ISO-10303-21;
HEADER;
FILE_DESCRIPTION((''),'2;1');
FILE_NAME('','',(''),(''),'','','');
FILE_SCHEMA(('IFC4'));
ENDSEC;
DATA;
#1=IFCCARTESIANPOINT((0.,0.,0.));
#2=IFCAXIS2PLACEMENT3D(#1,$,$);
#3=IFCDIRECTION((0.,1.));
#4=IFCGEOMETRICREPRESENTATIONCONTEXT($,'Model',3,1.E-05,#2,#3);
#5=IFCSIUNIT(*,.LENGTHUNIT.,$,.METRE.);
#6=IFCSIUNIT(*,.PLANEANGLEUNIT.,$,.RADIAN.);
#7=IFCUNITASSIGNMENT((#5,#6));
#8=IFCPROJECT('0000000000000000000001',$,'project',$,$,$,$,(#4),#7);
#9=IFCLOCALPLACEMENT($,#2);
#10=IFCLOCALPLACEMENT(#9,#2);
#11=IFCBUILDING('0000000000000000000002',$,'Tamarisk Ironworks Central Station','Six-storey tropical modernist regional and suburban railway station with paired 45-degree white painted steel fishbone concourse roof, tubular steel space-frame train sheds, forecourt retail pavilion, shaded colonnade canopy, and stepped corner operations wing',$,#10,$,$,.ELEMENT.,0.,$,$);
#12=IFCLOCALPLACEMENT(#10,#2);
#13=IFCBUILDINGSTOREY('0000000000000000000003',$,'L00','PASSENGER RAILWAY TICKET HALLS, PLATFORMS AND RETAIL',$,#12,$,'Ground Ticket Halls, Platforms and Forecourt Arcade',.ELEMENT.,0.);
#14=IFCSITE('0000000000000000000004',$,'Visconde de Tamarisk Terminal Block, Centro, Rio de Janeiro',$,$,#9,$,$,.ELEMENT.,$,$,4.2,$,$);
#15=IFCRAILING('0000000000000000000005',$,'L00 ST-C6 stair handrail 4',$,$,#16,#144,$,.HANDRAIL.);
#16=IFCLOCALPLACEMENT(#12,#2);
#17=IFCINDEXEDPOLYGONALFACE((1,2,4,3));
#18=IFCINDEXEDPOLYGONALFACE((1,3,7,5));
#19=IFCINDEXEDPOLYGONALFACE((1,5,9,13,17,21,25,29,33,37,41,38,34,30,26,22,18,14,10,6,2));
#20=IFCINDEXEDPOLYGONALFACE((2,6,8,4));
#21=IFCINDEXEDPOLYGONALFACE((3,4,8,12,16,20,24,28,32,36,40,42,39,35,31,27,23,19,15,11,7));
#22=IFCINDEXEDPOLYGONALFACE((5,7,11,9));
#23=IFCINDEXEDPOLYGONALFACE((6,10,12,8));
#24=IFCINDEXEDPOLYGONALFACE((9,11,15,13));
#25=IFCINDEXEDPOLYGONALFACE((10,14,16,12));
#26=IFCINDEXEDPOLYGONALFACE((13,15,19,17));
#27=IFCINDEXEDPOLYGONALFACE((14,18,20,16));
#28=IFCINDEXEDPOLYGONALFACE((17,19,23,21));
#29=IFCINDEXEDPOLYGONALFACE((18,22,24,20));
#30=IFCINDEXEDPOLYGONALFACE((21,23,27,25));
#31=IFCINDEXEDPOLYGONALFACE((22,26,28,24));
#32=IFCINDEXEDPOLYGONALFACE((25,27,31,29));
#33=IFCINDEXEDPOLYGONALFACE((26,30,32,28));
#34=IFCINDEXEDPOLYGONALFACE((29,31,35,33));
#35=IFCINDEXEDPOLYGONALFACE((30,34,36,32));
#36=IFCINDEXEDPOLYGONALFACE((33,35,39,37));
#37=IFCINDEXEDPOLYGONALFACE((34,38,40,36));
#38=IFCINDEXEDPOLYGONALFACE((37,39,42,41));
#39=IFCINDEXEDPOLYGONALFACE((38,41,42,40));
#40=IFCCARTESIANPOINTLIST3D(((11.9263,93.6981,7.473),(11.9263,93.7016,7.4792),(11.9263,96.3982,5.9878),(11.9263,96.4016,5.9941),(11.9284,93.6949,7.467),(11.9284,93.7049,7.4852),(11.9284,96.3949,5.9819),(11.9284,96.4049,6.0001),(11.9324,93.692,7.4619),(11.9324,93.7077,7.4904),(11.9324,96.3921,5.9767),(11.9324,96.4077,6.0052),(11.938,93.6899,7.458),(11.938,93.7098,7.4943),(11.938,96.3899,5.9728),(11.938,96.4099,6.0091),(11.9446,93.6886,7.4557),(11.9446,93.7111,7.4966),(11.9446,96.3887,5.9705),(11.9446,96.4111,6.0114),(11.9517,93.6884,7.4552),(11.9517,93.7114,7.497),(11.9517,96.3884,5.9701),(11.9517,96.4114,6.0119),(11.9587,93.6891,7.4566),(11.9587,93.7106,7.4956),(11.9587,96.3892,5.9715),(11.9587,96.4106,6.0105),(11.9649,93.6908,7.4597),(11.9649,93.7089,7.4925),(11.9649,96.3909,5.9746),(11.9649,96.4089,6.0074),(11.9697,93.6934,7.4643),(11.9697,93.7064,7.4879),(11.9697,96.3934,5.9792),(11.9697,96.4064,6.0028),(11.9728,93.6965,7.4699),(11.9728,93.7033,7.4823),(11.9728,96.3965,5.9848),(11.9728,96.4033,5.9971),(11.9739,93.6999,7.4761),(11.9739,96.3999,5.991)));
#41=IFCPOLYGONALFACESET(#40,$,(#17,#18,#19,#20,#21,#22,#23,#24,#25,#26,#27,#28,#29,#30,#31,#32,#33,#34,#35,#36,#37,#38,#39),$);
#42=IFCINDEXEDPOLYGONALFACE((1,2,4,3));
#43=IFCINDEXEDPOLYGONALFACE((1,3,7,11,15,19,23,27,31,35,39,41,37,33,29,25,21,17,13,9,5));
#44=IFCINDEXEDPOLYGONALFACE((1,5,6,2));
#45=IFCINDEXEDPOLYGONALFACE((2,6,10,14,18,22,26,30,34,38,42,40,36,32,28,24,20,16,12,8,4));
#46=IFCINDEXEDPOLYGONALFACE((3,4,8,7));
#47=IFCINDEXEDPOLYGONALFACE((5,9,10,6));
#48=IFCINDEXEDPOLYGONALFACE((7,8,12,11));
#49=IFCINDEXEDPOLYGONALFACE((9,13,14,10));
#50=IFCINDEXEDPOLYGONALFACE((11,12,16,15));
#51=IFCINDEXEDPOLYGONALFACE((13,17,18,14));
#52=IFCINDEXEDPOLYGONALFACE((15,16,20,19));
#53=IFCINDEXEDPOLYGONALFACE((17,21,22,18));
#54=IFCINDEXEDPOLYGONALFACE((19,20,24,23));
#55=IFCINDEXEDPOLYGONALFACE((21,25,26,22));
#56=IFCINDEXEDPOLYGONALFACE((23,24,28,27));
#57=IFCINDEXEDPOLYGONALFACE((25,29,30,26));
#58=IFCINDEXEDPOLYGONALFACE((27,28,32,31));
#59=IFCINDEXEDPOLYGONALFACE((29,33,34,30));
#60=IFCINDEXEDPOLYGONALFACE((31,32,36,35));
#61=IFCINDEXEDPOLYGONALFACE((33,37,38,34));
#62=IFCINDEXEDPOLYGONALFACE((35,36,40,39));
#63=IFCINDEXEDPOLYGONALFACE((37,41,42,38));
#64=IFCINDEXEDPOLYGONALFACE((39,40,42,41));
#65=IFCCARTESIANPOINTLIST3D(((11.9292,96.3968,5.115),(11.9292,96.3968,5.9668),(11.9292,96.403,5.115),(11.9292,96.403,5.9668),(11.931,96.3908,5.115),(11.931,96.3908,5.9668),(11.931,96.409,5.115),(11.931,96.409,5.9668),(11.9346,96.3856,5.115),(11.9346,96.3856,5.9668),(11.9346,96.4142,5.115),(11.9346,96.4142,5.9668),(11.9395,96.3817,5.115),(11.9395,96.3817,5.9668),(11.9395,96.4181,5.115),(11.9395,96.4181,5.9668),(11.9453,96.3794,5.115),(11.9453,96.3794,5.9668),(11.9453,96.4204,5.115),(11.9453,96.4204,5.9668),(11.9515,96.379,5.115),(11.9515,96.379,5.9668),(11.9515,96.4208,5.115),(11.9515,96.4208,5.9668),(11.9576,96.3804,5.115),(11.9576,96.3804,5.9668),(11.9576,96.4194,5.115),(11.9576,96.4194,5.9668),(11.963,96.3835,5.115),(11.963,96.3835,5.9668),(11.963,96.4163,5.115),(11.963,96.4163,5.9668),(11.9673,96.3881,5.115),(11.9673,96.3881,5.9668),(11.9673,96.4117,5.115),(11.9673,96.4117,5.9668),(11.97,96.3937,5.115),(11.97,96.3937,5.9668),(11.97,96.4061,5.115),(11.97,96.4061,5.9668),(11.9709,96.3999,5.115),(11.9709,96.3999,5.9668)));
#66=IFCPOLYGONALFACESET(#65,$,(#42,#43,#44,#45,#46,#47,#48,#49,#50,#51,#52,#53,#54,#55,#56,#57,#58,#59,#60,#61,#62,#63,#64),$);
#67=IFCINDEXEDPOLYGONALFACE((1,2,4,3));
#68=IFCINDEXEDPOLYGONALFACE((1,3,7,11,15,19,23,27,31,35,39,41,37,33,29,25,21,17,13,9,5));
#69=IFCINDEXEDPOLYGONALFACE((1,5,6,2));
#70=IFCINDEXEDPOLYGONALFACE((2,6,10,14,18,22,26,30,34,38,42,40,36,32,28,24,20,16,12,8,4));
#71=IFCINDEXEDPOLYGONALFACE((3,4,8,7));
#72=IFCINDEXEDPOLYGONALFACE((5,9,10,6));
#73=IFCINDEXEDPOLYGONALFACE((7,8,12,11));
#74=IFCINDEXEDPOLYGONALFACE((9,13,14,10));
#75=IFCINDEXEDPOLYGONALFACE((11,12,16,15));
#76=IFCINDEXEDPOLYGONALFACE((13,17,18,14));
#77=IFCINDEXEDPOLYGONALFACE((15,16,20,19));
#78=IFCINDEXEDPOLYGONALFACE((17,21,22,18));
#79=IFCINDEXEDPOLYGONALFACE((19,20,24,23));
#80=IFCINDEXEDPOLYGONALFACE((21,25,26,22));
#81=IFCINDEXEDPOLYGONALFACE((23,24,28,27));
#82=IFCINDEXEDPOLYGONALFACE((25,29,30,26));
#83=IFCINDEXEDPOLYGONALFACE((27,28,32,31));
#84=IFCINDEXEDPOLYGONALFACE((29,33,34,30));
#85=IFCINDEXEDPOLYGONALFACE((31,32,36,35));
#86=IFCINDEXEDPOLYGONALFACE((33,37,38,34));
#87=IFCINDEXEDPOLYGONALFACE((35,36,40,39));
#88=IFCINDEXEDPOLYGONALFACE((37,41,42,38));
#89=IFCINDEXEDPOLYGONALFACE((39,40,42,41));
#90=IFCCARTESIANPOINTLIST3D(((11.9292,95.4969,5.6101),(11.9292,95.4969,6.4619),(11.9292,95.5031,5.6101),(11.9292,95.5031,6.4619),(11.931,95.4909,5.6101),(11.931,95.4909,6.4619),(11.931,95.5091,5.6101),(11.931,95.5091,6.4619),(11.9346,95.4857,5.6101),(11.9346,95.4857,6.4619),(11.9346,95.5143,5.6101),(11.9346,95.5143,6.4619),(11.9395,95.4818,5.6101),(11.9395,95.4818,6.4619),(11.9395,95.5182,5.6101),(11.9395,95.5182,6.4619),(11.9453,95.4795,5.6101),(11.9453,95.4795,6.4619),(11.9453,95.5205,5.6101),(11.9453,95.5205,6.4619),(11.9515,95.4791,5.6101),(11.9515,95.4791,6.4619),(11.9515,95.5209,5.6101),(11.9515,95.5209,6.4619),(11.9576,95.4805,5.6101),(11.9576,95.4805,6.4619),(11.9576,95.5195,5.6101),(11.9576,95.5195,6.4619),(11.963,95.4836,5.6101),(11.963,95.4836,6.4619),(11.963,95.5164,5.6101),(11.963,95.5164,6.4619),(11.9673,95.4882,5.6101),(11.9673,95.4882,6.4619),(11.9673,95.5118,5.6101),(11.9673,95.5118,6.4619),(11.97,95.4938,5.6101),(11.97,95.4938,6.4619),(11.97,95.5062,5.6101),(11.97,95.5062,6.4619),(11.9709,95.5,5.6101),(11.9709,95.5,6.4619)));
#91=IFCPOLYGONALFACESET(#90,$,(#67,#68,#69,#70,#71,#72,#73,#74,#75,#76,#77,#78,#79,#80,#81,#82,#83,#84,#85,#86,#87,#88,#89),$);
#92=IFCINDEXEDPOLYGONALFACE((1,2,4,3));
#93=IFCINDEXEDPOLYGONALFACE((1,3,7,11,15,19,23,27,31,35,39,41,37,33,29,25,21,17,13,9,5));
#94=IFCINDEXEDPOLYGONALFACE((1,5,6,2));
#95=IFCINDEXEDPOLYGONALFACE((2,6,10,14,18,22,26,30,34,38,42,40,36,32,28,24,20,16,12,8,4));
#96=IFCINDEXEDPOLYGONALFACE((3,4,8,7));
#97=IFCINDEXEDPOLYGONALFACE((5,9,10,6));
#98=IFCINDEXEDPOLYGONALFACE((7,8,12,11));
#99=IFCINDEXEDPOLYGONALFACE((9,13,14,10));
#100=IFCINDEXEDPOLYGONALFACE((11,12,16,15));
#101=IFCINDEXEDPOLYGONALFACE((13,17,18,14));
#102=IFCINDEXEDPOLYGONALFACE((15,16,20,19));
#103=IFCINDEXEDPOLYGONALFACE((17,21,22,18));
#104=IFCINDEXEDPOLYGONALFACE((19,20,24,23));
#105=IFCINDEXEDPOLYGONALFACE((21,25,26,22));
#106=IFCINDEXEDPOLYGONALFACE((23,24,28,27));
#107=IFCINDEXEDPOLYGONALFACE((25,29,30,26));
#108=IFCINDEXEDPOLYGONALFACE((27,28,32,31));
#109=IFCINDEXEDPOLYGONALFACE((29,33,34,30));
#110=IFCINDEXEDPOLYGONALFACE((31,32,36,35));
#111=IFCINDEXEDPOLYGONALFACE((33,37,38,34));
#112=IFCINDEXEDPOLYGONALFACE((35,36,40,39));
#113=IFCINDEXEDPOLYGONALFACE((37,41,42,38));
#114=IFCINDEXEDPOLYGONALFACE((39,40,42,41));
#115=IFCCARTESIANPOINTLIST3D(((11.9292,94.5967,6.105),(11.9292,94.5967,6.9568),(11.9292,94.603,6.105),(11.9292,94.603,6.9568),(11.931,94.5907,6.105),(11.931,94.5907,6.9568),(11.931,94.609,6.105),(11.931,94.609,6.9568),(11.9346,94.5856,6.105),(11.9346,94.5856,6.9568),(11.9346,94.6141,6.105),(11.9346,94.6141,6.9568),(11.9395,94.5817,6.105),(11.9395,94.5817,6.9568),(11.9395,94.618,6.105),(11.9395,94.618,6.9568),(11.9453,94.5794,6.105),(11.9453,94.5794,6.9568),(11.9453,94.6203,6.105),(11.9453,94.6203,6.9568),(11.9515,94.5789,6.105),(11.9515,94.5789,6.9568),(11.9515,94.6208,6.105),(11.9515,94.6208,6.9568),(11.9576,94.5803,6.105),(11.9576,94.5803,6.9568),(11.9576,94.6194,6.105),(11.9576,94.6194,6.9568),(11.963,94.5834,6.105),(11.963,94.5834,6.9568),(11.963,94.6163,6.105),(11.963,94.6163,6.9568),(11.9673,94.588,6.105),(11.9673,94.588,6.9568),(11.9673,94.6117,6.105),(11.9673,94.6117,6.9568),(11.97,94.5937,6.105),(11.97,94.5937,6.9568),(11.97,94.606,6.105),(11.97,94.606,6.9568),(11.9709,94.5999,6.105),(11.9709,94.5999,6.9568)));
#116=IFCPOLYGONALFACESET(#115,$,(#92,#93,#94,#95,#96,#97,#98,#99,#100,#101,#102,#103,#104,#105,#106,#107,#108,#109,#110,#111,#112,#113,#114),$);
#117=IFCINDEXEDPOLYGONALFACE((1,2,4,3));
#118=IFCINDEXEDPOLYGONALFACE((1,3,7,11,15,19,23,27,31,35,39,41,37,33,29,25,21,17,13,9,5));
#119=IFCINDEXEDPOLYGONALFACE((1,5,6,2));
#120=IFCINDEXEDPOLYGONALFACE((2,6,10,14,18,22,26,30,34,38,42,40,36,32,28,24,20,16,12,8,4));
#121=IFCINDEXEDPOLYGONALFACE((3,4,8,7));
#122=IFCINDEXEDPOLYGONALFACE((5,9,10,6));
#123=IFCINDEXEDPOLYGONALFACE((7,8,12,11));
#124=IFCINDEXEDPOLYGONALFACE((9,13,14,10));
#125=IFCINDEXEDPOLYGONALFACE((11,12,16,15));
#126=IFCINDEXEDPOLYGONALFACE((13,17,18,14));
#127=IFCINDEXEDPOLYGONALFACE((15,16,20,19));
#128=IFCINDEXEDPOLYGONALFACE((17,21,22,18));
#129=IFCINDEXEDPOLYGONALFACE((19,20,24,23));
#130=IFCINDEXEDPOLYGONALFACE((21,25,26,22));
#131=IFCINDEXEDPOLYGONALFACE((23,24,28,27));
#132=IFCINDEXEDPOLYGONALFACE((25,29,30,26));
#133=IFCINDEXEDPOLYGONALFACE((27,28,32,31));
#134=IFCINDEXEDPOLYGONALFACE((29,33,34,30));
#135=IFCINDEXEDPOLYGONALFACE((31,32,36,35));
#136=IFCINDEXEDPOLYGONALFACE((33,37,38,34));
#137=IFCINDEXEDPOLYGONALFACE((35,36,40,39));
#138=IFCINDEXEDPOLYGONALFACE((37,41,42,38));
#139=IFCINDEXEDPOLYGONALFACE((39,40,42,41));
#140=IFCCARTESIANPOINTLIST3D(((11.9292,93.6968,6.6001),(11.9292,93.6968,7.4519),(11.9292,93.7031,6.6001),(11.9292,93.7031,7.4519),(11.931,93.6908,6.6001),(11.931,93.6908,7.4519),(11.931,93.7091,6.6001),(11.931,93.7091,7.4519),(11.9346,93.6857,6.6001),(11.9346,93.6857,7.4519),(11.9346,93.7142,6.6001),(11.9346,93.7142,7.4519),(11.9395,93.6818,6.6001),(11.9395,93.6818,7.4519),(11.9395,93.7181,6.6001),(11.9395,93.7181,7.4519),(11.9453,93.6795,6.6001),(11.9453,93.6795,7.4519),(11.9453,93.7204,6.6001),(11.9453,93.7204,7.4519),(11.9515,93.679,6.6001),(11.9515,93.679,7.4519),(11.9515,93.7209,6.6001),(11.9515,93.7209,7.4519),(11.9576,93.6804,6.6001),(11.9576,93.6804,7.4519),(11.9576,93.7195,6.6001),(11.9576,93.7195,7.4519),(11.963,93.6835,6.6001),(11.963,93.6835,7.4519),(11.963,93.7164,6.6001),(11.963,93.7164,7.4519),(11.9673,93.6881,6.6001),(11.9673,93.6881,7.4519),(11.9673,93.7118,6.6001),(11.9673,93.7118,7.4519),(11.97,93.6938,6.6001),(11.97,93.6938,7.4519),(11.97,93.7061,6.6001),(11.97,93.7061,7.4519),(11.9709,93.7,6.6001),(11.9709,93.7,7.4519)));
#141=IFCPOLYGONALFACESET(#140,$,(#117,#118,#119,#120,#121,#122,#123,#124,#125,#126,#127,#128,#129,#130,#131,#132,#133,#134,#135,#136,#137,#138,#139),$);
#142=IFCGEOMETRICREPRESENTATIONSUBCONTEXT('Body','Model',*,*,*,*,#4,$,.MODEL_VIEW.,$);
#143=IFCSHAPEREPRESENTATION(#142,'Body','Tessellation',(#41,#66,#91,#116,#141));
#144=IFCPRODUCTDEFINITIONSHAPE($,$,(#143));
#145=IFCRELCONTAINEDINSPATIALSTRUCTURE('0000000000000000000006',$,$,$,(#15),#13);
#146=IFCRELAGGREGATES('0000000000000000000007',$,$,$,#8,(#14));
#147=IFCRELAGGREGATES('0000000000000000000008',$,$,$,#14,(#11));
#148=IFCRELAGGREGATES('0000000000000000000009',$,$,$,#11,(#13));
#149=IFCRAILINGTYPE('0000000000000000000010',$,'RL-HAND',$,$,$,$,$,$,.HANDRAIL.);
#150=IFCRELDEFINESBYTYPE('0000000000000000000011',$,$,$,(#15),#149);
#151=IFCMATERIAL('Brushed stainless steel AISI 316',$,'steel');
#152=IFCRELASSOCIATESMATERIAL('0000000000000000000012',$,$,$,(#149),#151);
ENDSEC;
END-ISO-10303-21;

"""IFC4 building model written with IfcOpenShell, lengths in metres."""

from ifc_helpers import new_model, si_unit, direction, frame, origin, origin_2d, place, context, subcontext, project, spatial, circle, extrude, material, type_object, element, save


model = new_model("IFC4")

# Units and contexts
model_context = context("Model", 3, precision=1e-05, world=origin(), true_north=direction((0.0, 1.0)))
body_context = subcontext(model_context, "Body", "Model", "MODEL_VIEW")
ifc_project = project(units=[si_unit("LENGTHUNIT", "METRE"), si_unit("PLANEANGLEUNIT", "RADIAN")], contexts=[model_context])

# Site, building, storey
site_placement = place(None, origin())
site = spatial("IfcSite", under=ifc_project, at=site_placement, Name="Visconde de Tamarisk Terminal Block, Centro, Rio de Janeiro", CompositionType="ELEMENT", RefElevation=4.2)
building_placement = place(site_placement, origin())
building = spatial("IfcBuilding", under=site, at=building_placement, Name="Tamarisk Ironworks Central Station", Description="Six-storey tropical modernist regional and suburban railway station with paired 45-degree white painted steel fishbone concourse roof, tubular steel space-frame train sheds, forecourt retail pavilion, shaded colonnade canopy, and stepped corner operations wing", CompositionType="ELEMENT", ElevationOfRefHeight=0.0)
storey_placement = place(building_placement, origin())
storey = spatial("IfcBuildingStorey", under=building, at=storey_placement, Name="L00", Description="PASSENGER RAILWAY TICKET HALLS, PLATFORMS AND RETAIL", LongName="Ground Ticket Halls, Platforms and Forecourt Arcade", CompositionType="ELEMENT", Elevation=0.0)

# Railing
ifc_material_1 = material(Name="Brushed stainless steel AISI 316", Category="steel")
railing_type = type_object("IfcRailingType", Name="RL-HAND", PredefinedType="HANDRAIL", material=ifc_material_1)
for number, where, name in (
    (1, (11.95, 96.3999, 5.115), "L00 ST-C6 stair handrail 4"),
):
    element("IfcRailing", number, at=place(storey_placement, frame(where)), inside=storey, type_object=railing_type, Name=name, PredefinedType="HANDRAIL", context=body_context, shape_type="SweptSolid", body=[
        extrude(circle(Radius=0.0239, at=origin_2d()), frame((0.0, 0.0, 0.876), z_axis=(0.0, -0.876198, 0.481952), x_axis=(1.0, 0.0, 0.0)), (0.0, 0.0, 1.0), 3.0815),
        extrude(circle(Radius=0.021, at=origin_2d()), origin(), (0.0, 0.0, 1.0), 0.8518),
        extrude(circle(Radius=0.021, at=origin_2d()), frame((0.0, -0.8999, 0.4951)), (0.0, 0.0, 1.0), 0.8518),
        extrude(circle(Radius=0.021, at=origin_2d()), frame((0.0, -1.8, 0.99)), (0.0, 0.0, 1.0), 0.8518),
        extrude(circle(Radius=0.021, at=origin_2d()), frame((0.0, -2.7, 1.4851)), (0.0, 0.0, 1.0), 0.8518),
    ])

save(model, "model.ifc")
